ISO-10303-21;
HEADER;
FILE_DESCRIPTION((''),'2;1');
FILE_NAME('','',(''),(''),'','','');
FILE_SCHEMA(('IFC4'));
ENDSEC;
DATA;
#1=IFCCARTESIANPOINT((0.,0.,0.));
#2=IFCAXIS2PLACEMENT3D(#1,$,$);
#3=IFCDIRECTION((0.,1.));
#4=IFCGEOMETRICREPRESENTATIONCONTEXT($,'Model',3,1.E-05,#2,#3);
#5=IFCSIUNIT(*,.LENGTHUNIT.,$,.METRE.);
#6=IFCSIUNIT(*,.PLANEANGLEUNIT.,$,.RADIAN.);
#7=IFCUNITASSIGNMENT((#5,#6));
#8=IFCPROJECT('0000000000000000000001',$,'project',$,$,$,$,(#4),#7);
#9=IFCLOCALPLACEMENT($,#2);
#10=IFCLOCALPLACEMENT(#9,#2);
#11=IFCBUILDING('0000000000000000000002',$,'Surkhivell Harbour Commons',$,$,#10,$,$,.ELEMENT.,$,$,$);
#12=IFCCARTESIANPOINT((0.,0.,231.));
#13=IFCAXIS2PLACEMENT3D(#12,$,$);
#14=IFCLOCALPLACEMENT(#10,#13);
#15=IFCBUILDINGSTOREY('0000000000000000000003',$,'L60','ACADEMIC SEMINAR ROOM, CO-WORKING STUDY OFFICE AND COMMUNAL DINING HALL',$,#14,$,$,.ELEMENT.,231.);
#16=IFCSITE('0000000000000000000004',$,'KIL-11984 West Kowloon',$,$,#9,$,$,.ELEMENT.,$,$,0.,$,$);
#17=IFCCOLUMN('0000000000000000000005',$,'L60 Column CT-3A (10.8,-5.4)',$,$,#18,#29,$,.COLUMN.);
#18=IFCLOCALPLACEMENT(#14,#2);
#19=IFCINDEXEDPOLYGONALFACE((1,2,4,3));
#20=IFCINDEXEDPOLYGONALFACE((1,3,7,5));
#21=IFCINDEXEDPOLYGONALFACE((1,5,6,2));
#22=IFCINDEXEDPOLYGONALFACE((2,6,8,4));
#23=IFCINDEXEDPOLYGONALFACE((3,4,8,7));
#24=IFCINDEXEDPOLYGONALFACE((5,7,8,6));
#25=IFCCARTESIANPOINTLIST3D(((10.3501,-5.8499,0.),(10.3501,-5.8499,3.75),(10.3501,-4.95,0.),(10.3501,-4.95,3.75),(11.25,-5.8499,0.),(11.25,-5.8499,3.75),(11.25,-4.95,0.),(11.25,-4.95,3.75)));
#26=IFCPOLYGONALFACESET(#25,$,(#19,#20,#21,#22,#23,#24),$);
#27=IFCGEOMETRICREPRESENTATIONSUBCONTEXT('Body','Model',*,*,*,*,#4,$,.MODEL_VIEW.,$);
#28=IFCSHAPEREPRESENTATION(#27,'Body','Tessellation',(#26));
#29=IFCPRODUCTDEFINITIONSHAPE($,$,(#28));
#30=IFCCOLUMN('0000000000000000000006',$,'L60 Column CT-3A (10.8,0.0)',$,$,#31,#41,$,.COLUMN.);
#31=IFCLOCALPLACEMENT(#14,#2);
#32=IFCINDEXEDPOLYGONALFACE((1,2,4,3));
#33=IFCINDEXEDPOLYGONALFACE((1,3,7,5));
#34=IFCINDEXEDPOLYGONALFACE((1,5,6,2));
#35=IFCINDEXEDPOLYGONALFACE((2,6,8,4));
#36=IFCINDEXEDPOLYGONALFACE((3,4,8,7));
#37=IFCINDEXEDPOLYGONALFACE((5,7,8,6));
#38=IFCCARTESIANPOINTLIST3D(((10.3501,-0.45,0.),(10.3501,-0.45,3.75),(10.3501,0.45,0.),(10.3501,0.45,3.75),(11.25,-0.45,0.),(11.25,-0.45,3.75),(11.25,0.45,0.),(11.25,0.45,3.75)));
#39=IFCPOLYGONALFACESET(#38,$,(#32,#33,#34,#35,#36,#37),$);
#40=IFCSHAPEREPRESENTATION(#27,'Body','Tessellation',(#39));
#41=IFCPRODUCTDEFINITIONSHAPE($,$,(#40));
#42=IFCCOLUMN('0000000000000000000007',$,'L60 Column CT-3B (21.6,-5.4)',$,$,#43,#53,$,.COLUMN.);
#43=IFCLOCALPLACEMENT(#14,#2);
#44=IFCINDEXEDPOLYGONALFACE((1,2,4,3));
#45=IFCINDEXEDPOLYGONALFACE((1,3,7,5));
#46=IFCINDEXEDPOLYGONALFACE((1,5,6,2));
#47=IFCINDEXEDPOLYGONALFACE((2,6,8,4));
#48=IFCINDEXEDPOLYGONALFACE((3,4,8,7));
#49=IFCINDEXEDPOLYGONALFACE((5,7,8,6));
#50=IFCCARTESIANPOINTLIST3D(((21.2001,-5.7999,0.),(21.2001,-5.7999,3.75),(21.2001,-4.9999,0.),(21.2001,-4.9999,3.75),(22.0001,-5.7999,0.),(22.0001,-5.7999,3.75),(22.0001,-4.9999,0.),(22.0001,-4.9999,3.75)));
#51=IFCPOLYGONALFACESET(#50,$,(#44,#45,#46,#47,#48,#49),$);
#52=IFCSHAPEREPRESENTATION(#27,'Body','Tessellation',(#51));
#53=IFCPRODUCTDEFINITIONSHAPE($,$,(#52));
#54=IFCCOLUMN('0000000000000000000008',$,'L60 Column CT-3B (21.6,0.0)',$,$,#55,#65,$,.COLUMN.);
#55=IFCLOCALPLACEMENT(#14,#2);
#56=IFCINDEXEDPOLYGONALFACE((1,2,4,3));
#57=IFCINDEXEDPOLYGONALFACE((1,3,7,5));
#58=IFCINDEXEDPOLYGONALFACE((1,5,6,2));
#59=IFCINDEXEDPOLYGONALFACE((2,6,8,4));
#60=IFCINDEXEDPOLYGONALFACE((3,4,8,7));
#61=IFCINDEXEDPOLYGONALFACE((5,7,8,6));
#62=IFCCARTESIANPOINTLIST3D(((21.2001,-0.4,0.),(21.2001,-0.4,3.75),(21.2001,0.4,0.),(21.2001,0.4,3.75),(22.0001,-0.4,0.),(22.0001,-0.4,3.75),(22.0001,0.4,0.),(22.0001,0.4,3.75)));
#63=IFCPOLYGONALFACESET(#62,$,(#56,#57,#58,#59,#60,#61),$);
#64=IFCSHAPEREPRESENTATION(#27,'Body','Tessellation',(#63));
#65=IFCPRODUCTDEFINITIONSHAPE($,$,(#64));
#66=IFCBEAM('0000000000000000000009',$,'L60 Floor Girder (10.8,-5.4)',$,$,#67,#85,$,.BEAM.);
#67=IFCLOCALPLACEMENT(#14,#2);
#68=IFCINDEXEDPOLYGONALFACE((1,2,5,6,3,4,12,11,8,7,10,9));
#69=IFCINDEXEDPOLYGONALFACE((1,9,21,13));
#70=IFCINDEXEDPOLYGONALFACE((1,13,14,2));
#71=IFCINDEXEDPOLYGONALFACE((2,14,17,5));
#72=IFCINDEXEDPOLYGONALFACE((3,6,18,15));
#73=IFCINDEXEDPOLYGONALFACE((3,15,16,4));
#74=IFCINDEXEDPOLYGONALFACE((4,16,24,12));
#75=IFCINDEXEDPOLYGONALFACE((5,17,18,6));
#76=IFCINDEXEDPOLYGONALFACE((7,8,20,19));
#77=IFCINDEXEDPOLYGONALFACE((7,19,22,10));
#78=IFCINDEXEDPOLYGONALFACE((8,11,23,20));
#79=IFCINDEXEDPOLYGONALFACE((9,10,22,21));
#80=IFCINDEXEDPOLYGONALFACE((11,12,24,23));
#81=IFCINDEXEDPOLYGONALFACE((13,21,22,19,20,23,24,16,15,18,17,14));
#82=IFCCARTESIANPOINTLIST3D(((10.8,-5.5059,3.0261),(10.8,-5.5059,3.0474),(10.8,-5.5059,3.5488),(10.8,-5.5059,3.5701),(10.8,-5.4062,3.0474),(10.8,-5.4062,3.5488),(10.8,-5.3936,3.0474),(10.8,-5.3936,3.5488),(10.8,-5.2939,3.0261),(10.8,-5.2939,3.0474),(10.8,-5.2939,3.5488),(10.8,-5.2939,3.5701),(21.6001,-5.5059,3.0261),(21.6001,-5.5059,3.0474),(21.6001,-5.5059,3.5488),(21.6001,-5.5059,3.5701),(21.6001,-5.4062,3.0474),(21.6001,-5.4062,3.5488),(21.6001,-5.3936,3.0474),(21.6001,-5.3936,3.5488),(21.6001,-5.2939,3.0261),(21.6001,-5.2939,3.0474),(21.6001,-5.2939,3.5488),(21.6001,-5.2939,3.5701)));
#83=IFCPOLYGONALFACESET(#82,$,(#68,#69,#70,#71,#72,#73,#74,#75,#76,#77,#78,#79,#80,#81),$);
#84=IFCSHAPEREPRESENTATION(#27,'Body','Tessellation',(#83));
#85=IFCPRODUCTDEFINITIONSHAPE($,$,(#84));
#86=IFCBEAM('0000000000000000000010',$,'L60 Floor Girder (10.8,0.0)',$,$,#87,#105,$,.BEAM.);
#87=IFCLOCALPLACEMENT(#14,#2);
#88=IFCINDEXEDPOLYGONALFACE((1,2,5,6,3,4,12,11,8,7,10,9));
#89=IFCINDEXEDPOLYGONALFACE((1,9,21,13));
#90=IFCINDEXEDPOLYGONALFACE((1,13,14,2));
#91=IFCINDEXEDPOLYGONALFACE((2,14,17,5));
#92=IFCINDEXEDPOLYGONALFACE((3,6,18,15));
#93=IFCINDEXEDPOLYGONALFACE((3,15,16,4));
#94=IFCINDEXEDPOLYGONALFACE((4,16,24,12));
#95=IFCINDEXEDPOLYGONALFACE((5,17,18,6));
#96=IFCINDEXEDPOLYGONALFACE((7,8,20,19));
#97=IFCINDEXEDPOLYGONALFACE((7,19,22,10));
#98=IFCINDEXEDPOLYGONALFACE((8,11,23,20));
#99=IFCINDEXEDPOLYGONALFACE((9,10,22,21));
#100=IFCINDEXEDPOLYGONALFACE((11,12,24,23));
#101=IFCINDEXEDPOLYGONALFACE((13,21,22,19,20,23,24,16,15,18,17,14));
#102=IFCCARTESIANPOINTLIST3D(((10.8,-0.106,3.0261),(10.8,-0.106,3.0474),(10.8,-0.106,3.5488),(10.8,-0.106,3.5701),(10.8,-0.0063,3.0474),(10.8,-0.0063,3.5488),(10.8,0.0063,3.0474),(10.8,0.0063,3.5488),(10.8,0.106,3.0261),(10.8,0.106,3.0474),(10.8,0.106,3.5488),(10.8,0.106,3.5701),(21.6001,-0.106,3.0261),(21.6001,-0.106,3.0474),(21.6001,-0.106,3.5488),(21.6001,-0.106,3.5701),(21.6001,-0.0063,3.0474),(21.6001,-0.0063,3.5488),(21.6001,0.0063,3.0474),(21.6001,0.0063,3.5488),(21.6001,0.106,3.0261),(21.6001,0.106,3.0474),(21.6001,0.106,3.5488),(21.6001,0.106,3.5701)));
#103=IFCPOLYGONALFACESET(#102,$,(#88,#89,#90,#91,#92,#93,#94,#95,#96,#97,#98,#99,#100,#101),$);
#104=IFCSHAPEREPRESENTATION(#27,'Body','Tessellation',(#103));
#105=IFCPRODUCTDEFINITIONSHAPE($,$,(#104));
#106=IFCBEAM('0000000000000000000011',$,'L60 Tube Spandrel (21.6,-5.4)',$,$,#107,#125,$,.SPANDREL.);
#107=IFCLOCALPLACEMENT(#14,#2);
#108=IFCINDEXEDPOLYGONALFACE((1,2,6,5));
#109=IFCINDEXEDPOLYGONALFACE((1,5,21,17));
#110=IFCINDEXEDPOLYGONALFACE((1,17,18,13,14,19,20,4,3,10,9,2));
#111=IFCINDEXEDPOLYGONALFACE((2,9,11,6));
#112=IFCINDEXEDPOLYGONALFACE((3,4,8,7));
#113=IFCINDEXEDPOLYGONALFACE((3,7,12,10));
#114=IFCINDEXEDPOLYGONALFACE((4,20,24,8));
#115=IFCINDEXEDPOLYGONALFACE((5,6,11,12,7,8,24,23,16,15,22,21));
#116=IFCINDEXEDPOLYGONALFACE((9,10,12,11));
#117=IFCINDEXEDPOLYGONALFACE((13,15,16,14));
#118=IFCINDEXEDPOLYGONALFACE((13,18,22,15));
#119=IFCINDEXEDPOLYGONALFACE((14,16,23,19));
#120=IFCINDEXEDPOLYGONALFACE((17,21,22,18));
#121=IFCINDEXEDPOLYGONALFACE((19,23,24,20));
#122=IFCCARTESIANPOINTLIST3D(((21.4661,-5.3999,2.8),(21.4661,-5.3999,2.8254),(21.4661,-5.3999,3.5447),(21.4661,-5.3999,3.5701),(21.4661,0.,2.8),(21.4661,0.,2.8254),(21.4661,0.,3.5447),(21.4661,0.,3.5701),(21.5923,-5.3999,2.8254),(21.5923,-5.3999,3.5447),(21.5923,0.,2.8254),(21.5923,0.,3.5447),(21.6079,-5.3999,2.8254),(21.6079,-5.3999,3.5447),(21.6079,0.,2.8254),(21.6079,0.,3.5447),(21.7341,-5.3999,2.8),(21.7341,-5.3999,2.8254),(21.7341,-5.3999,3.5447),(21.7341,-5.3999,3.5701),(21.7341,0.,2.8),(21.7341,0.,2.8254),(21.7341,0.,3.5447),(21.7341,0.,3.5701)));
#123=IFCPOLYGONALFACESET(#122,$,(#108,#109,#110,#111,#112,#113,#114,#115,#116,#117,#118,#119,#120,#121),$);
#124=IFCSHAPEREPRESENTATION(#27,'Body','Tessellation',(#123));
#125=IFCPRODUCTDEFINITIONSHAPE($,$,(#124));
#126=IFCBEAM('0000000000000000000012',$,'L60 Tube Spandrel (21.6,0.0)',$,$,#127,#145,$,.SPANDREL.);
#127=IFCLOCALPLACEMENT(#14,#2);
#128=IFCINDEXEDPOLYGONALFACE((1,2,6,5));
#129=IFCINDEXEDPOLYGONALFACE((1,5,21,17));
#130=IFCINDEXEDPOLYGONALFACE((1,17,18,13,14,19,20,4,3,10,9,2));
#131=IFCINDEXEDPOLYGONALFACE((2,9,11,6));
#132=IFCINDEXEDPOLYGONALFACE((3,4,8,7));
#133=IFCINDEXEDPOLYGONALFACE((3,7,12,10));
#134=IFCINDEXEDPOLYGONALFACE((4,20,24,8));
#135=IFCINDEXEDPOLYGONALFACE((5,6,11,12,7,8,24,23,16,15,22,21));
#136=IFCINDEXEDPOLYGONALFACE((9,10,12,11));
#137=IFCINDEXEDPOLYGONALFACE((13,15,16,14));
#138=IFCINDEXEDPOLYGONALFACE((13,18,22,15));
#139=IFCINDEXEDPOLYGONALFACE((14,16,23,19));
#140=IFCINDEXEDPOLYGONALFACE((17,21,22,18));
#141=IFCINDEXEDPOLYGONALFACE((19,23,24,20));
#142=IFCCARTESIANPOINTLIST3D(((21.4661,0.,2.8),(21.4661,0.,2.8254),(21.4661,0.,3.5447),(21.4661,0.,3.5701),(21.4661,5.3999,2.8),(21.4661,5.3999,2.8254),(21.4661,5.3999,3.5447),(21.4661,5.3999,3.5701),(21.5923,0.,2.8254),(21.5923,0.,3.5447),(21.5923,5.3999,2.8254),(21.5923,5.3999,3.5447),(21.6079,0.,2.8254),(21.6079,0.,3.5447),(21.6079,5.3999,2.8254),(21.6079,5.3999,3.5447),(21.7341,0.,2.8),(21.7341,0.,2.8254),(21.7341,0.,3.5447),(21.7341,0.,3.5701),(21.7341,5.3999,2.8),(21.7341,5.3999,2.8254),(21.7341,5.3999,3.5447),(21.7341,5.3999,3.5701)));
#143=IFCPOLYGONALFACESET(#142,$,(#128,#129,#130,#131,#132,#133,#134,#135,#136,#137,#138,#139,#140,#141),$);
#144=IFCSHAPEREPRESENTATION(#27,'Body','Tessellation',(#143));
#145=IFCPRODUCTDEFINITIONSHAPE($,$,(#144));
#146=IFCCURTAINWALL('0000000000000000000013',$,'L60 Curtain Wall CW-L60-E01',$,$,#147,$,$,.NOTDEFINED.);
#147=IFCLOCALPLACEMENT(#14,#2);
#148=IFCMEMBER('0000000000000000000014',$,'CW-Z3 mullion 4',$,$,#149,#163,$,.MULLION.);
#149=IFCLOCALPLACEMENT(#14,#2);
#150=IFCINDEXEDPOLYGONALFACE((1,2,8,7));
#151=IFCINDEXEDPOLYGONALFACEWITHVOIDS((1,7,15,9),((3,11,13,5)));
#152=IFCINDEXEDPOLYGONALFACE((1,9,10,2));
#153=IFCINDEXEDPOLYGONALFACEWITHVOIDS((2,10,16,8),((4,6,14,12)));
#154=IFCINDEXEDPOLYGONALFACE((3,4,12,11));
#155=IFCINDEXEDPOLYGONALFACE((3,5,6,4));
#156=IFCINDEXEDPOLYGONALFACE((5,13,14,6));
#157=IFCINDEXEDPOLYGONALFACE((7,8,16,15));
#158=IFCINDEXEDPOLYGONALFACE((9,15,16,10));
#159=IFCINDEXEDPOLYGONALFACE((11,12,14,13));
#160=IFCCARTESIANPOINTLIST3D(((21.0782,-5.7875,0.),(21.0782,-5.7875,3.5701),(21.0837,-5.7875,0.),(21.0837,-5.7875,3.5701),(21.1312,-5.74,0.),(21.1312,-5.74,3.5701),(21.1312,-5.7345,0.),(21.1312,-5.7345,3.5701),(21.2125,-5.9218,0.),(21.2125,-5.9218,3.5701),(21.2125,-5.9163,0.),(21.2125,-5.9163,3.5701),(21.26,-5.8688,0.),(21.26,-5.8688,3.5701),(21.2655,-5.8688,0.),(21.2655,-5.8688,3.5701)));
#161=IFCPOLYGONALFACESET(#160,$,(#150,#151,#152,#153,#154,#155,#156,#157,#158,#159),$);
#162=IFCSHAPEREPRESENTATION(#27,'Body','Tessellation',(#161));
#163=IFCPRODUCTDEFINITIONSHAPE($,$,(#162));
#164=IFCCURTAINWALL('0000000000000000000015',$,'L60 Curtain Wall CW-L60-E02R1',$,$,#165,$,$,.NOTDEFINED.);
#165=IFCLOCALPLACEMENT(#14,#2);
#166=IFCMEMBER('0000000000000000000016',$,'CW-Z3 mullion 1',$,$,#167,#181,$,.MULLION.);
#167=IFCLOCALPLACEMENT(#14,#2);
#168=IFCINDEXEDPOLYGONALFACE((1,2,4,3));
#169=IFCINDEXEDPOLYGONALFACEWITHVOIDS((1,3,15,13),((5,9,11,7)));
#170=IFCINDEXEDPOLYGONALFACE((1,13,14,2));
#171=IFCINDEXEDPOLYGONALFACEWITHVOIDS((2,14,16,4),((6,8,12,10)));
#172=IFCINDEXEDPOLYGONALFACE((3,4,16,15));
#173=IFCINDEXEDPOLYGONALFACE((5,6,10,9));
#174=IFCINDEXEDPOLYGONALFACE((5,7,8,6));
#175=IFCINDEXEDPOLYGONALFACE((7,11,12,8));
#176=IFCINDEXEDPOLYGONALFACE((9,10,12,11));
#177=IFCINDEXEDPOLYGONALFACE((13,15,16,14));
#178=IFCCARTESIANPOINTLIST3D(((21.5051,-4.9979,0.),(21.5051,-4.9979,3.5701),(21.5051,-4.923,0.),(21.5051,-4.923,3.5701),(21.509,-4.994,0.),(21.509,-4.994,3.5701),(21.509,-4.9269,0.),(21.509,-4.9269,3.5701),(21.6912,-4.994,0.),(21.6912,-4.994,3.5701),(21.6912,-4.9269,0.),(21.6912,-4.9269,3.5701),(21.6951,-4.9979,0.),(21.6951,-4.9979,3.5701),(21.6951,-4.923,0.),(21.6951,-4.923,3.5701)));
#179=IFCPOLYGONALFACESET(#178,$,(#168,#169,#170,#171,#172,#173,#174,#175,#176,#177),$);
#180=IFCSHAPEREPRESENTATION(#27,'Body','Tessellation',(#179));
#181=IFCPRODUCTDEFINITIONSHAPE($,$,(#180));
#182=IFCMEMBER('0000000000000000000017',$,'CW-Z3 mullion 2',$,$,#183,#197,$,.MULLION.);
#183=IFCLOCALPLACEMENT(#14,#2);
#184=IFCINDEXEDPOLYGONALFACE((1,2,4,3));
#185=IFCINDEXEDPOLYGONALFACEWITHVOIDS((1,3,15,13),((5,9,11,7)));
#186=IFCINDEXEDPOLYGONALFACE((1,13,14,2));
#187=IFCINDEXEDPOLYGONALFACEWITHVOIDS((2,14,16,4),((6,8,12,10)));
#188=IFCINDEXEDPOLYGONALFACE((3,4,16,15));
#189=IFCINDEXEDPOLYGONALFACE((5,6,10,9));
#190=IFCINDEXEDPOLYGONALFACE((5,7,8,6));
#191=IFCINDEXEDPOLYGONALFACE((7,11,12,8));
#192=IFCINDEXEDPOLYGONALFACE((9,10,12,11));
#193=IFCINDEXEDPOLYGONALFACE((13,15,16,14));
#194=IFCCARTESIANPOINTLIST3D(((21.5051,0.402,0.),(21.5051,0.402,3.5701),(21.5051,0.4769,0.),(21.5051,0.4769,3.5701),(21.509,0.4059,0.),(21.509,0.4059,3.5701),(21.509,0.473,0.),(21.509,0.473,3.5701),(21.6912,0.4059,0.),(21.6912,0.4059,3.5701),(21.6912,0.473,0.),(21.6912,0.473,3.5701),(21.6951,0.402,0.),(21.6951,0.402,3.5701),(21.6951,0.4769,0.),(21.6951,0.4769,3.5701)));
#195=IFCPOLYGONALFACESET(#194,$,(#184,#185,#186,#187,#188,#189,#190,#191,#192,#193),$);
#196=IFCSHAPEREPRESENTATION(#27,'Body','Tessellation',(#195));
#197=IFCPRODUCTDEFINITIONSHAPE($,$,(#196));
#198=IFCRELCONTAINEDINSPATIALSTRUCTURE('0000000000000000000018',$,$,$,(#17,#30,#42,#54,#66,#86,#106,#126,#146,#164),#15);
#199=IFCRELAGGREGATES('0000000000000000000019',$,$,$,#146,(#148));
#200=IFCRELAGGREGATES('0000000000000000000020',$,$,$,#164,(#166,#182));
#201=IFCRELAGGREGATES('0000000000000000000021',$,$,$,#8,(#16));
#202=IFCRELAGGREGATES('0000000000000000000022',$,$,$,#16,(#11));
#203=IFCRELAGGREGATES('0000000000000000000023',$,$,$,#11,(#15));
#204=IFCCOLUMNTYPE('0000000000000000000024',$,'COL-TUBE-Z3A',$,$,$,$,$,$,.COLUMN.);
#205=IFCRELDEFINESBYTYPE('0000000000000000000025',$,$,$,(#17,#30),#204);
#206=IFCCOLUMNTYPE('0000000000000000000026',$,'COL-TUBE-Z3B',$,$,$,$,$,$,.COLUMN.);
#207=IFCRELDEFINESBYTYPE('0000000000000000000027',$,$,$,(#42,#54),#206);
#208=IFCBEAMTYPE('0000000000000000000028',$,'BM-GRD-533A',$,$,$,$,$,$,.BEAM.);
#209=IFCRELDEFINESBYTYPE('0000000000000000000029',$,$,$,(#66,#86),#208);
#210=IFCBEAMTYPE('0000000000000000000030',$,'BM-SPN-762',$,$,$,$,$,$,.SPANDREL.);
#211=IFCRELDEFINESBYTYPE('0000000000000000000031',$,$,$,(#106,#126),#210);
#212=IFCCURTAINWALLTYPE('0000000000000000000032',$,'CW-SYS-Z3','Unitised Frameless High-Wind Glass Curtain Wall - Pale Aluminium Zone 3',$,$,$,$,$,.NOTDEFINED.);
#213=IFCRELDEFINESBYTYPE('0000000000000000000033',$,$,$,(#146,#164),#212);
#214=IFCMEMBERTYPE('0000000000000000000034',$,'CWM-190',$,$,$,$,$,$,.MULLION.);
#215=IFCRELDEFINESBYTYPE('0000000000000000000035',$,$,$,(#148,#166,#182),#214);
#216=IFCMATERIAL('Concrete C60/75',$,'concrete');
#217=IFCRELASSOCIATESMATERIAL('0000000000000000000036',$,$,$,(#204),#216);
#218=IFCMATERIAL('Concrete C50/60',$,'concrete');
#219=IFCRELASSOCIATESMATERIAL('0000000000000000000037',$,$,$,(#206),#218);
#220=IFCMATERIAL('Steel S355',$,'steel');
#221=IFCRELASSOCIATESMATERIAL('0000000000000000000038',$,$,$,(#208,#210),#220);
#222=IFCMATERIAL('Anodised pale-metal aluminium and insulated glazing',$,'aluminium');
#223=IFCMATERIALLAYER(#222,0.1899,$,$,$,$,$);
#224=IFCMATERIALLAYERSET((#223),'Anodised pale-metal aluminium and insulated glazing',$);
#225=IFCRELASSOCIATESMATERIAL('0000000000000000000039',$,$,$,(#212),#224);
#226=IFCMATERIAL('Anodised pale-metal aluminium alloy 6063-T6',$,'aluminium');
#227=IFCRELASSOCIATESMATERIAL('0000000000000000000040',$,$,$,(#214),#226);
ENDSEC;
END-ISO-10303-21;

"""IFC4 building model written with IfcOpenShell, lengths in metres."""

from ifc_helpers import new_model, si_unit, direction, frame, origin, origin_2d, place, context, subcontext, project, spatial, rectangle, hollow_rectangle, i_section, extrude, material, layer, layer_set, material_profile, profile_set, type_object, element, aggregate, save


model = new_model("IFC4")

# Units and contexts
model_context = context("Model", 3, precision=1e-05, world=origin(), true_north=direction((0.0, 1.0)))
body_context = subcontext(model_context, "Body", "Model", "MODEL_VIEW")
ifc_project = project(units=[si_unit("LENGTHUNIT", "METRE"), si_unit("PLANEANGLEUNIT", "RADIAN")], contexts=[model_context])

# Site, building, storey
site_placement = place(None, origin())
site = spatial("IfcSite", under=ifc_project, at=site_placement, Name="KIL-11984 West Kowloon", CompositionType="ELEMENT", RefElevation=0.0)
building_placement = place(site_placement, origin())
building = spatial("IfcBuilding", under=site, at=building_placement, Name="Surkhivell Harbour Commons", CompositionType="ELEMENT")
storey_placement = place(building_placement, frame((0.0, 0.0, 231.0)))
storey = spatial("IfcBuildingStorey", under=building, at=storey_placement, Name="L60", Description="ACADEMIC SEMINAR ROOM, CO-WORKING STUDY OFFICE AND COMMUNAL DINING HALL", CompositionType="ELEMENT", Elevation=231.0)

# Columns
ifc_material_1 = material(Name="Concrete C60/75", Category="concrete")
ifc_material_profile_1 = material_profile(ifc_material_1, rectangle(XDim=0.8999, YDim=0.8999, at=origin_2d()), Name="RC-COL-900x900")
ifc_profile_set_1 = profile_set([ifc_material_profile_1], Name="Concrete C60/75")
column_type_1 = type_object("IfcColumnType", Name="COL-TUBE-Z3A", PredefinedType="COLUMN", material=ifc_profile_set_1)
for number, where, z_axis, x_axis, name in (
    (1, (10.8, -5.3999, 0.0), (0.0, 0.0, 1.0), (1.0, 0.0, 0.0), "L60 Column CT-3A (10.8,-5.4)"),
    (2, (10.8, 0.0, 0.0), (0.0, 0.0, 1.0), (1.0, 0.0, 0.0), "L60 Column CT-3A (10.8,0.0)"),
):
    element("IfcColumn", number, at=place(storey_placement, frame(where, z_axis=z_axis, x_axis=x_axis)), inside=storey, type_object=column_type_1, Name=name, PredefinedType="COLUMN", context=body_context, shape_type="SweptSolid", body=[
        extrude(rectangle(XDim=0.8999, YDim=0.8999, at=origin_2d()), origin(), (0.0, 0.0, 1.0), 3.75),
    ])
ifc_material_2 = material(Name="Concrete C50/60", Category="concrete")
ifc_material_profile_2 = material_profile(ifc_material_2, rectangle(XDim=0.8, YDim=0.8, at=origin_2d()), Name="RC-COL-800x800")
ifc_profile_set_2 = profile_set([ifc_material_profile_2], Name="Concrete C50/60")
column_type_2 = type_object("IfcColumnType", Name="COL-TUBE-Z3B", PredefinedType="COLUMN", material=ifc_profile_set_2)
for number, where, z_axis, x_axis, name in (
    (3, (21.6001, -5.3999, 0.0), (0.0, 0.0, 1.0), (1.0, 0.0, 0.0), "L60 Column CT-3B (21.6,-5.4)"),
    (4, (21.6001, 0.0, 0.0), (0.0, 0.0, 1.0), (1.0, 0.0, 0.0), "L60 Column CT-3B (21.6,0.0)"),
):
    element("IfcColumn", number, at=place(storey_placement, frame(where, z_axis=z_axis, x_axis=x_axis)), inside=storey, type_object=column_type_2, Name=name, PredefinedType="COLUMN", context=body_context, shape_type="SweptSolid", body=[
        extrude(rectangle(XDim=0.8, YDim=0.8, at=origin_2d()), origin(), (0.0, 0.0, 1.0), 3.75),
    ])

# Beams
ifc_material_3 = material(Name="Steel S355", Category="steel")
ifc_material_profile_3 = material_profile(ifc_material_3, i_section(OverallWidth=0.2119, OverallDepth=0.5439, WebThickness=0.0127, FlangeThickness=0.0212, at=origin_2d()), Name="UB533x210x122")
ifc_profile_set_3 = profile_set([ifc_material_profile_3], Name="Steel S355")
beam_type_1 = type_object("IfcBeamType", Name="BM-GRD-533A", PredefinedType="BEAM", material=ifc_profile_set_3)
for number, where, z_axis, x_axis, name in (
    (5, (10.8, -5.3999, 3.2981), (1.0, 0.0, 0.0), (0.0, 1.0, 0.0), "L60 Floor Girder (10.8,-5.4)"),
    (6, (10.8, 0.0, 3.2981), (1.0, 0.0, 0.0), (0.0, 1.0, 0.0), "L60 Floor Girder (10.8,0.0)"),
):
    element("IfcBeam", number, at=place(storey_placement, frame(where, z_axis=z_axis, x_axis=x_axis)), inside=storey, type_object=beam_type_1, Name=name, PredefinedType="BEAM", context=body_context, shape_type="SweptSolid", body=[
        extrude(i_section(OverallWidth=0.2119, OverallDepth=0.5439, WebThickness=0.0127, FlangeThickness=0.0212, at=origin_2d()), origin(), (0.0, 0.0, 1.0), 10.8),
    ])
ifc_material_profile_4 = material_profile(ifc_material_3, i_section(OverallWidth=0.2681, OverallDepth=0.77, WebThickness=0.0156, FlangeThickness=0.0254, at=origin_2d()), Name="UB762x267x197")
ifc_profile_set_4 = profile_set([ifc_material_profile_4], Name="Steel S355")
beam_type_2 = type_object("IfcBeamType", Name="BM-SPN-762", PredefinedType="SPANDREL", material=ifc_profile_set_4)
for number, where, z_axis, x_axis, name in (
    (7, (21.6001, -5.3999, 3.1851), (0.0, 1.0, 0.0), (-1.0, 0.0, 0.0), "L60 Tube Spandrel (21.6,-5.4)"),
    (8, (21.6001, 0.0, 3.1851), (0.0, 1.0, 0.0), (-1.0, 0.0, 0.0), "L60 Tube Spandrel (21.6,0.0)"),
):
    element("IfcBeam", number, at=place(storey_placement, frame(where, z_axis=z_axis, x_axis=x_axis)), inside=storey, type_object=beam_type_2, Name=name, PredefinedType="SPANDREL", context=body_context, shape_type="SweptSolid", body=[
        extrude(i_section(OverallWidth=0.2681, OverallDepth=0.77, WebThickness=0.0156, FlangeThickness=0.0254, at=origin_2d()), origin(), (0.0, 0.0, 1.0), 5.3999),
    ])

# Curtain wall, member
ifc_material_4 = material(Name="Anodised pale-metal aluminium and insulated glazing", Category="aluminium")
ifc_layer_1 = layer(ifc_material_4, 0.1899)
ifc_layer_set_1 = layer_set([ifc_layer_1], Name="Anodised pale-metal aluminium and insulated glazing")
curtain_wall_type = type_object("IfcCurtainWallType", Name="CW-SYS-Z3", Description="Unitised Frameless High-Wind Glass Curtain Wall - Pale Aluminium Zone 3", PredefinedType="NOTDEFINED", material=ifc_layer_set_1)
curtain_wall_1_placement = place(storey_placement, origin())
curtain_wall_1 = element("IfcCurtainWall", 9, at=curtain_wall_1_placement, inside=storey, type_object=curtain_wall_type, Name="L60 Curtain Wall CW-L60-E01", PredefinedType="NOTDEFINED")
ifc_material_5 = material(Name="Anodised pale-metal aluminium alloy 6063-T6", Category="aluminium")
ifc_material_profile_5 = material_profile(ifc_material_5, hollow_rectangle(XDim=0.075, YDim=0.1899, WallThickness=0.0039, at=origin_2d()), Name="ALU-MULL-75x190")
ifc_profile_set_5 = profile_set([ifc_material_profile_5], Name="Anodised pale-metal aluminium alloy 6063-T6")
member_type_1 = type_object("IfcMemberType", Name="CWM-190", PredefinedType="MULLION", material=ifc_profile_set_5)
member_1_placement = place(storey_placement, frame((21.1719, -5.8281, 0.0), z_axis=(0.0, 0.0, 1.0), x_axis=(0.707107, 0.707107, 0.0)))
member_1 = element("IfcMember", 10, at=member_1_placement, type_object=member_type_1, Name="CW-Z3 mullion 4", PredefinedType="MULLION", context=body_context, shape_type="SweptSolid", body=[
    extrude(hollow_rectangle(XDim=0.075, YDim=0.1899, WallThickness=0.0039, at=origin_2d()), origin(), (0.0, 0.0, 1.0), 3.5701),
])
aggregate(curtain_wall_1, [member_1])

# Curtain wall, members
curtain_wall_2_placement = place(storey_placement, origin())
curtain_wall_2 = element("IfcCurtainWall", 11, at=curtain_wall_2_placement, inside=storey, type_object=curtain_wall_type, Name="L60 Curtain Wall CW-L60-E02R1", PredefinedType="NOTDEFINED")
member_2_placement = place(storey_placement, frame((21.6001, -4.9604, 0.0), z_axis=(0.0, 0.0, 1.0), x_axis=(0.0, 1.0, 0.0)))
member_2 = element("IfcMember", 12, at=member_2_placement, type_object=member_type_1, Name="CW-Z3 mullion 1", PredefinedType="MULLION", context=body_context, shape_type="SweptSolid", body=[
    extrude(hollow_rectangle(XDim=0.075, YDim=0.1899, WallThickness=0.0039, at=origin_2d()), origin(), (0.0, 0.0, 1.0), 3.5701),
])
member_3_placement = place(storey_placement, frame((21.6001, 0.4395, 0.0), z_axis=(0.0, 0.0, 1.0), x_axis=(0.0, 1.0, 0.0)))
member_3 = element("IfcMember", 13, at=member_3_placement, type_object=member_type_1, Name="CW-Z3 mullion 2", PredefinedType="MULLION", context=body_context, shape_type="SweptSolid", body=[
    extrude(hollow_rectangle(XDim=0.075, YDim=0.1899, WallThickness=0.0039, at=origin_2d()), origin(), (0.0, 0.0, 1.0), 3.5701),
])
aggregate(curtain_wall_2, [member_2, member_3])

save(model, "model.ifc")
